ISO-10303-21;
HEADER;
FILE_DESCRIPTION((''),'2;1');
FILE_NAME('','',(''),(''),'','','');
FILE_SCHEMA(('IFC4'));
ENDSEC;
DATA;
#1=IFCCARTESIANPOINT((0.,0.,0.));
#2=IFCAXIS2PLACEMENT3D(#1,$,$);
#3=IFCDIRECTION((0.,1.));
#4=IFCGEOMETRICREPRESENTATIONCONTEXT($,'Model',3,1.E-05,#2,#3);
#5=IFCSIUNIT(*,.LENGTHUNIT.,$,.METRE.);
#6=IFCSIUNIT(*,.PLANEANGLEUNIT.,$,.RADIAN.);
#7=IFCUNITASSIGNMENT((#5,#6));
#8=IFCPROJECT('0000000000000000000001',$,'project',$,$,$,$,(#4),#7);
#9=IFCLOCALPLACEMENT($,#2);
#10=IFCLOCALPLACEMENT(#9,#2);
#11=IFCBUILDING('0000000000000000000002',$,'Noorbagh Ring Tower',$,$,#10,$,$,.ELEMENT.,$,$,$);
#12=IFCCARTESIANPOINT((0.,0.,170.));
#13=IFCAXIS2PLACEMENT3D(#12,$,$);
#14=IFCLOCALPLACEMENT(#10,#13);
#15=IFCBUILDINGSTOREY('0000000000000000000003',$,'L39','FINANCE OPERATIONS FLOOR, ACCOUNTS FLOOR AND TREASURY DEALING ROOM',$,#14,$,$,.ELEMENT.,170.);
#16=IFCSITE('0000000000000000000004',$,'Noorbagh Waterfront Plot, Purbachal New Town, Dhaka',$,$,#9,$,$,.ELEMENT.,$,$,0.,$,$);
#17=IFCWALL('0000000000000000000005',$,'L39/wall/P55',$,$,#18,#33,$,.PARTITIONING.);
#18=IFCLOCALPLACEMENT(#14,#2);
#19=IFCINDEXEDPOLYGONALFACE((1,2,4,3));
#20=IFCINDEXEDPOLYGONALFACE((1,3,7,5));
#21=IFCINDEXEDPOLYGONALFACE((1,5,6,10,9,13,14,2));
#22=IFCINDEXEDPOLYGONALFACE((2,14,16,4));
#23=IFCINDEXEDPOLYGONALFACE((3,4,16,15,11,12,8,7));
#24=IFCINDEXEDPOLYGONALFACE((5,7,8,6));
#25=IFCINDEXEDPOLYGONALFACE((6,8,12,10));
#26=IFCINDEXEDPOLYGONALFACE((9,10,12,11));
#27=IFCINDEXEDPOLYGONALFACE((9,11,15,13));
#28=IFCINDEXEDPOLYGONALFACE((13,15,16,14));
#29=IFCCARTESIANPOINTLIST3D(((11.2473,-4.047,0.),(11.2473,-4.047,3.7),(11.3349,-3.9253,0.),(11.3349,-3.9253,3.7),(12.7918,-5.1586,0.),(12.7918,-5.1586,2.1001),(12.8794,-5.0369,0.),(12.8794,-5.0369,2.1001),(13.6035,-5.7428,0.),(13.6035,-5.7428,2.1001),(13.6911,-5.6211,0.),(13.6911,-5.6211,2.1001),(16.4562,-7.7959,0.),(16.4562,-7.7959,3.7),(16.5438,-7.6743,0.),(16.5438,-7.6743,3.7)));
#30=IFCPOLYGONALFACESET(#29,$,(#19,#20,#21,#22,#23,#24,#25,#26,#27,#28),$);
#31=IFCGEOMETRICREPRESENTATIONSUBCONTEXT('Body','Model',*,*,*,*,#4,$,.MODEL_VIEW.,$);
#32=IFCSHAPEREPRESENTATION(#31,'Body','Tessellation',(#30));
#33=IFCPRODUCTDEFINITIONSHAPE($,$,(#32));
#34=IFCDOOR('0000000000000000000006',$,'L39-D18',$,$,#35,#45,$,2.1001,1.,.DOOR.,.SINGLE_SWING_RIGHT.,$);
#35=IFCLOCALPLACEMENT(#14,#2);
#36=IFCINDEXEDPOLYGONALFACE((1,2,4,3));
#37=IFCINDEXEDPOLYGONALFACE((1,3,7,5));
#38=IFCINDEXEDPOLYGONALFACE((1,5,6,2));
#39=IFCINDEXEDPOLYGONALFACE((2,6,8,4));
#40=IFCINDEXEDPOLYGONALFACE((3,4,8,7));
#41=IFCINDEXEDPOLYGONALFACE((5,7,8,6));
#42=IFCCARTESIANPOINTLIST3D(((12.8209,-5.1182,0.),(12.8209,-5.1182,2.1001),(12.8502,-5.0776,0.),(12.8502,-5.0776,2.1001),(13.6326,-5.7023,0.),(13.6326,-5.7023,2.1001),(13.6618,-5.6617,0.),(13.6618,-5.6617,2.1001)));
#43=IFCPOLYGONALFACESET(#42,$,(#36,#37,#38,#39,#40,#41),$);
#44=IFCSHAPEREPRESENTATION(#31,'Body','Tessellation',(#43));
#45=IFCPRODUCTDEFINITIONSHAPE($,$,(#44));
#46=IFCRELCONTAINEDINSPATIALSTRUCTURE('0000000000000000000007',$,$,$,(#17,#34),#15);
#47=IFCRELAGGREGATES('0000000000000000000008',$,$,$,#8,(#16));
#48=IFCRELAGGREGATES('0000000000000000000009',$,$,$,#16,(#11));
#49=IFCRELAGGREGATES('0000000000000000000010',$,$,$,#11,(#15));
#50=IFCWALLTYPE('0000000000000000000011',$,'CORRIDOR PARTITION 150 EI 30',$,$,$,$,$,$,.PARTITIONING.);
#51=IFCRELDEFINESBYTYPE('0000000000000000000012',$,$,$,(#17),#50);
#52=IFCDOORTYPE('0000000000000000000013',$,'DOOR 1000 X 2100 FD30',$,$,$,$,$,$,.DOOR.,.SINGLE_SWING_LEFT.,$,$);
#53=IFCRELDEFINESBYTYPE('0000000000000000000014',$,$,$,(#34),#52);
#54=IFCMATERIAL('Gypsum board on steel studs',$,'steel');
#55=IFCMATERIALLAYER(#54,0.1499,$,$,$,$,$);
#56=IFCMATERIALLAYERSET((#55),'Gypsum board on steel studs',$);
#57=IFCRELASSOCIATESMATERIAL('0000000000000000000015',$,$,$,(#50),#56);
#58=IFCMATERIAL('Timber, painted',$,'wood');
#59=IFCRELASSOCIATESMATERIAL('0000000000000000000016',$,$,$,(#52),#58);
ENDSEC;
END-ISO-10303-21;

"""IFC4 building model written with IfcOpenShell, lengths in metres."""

from ifc_helpers import new_model, si_unit, direction, frame, frame_2d, origin, place, context, subcontext, project, spatial, rectangle, extrude, material, layer, layer_set, type_object, element, fill, save


model = new_model("IFC4")

# Units and contexts
model_context = context("Model", 3, precision=1e-05, world=origin(), true_north=direction((0.0, 1.0)))
body_context = subcontext(model_context, "Body", "Model", "MODEL_VIEW")
ifc_project = project(units=[si_unit("LENGTHUNIT", "METRE"), si_unit("PLANEANGLEUNIT", "RADIAN")], contexts=[model_context])

# Site, building, storey
site_placement = place(None, origin())
site = spatial("IfcSite", under=ifc_project, at=site_placement, Name="Noorbagh Waterfront Plot, Purbachal New Town, Dhaka", CompositionType="ELEMENT", RefElevation=0.0)
building_placement = place(site_placement, origin())
building = spatial("IfcBuilding", under=site, at=building_placement, Name="Noorbagh Ring Tower", CompositionType="ELEMENT")
storey_placement = place(building_placement, frame((0.0, 0.0, 170.0)))
storey = spatial("IfcBuildingStorey", under=building, at=storey_placement, Name="L39", Description="FINANCE OPERATIONS FLOOR, ACCOUNTS FLOOR AND TREASURY DEALING ROOM", CompositionType="ELEMENT", Elevation=170.0)

# Shared definitions
ifc_material_1 = material(Name="Gypsum board on steel studs", Category="steel")
ifc_layer_1 = layer(ifc_material_1, 0.1499)
ifc_layer_set_1 = layer_set([ifc_layer_1], Name="Gypsum board on steel studs")
wall_type = type_object("IfcWallType", Name="CORRIDOR PARTITION 150 EI 30", PredefinedType="PARTITIONING", material=ifc_layer_set_1)

# Shared definitions
ifc_material_2 = material(Name="Timber, painted", Category="wood")
door_type = type_object("IfcDoorType", Name="DOOR 1000 X 2100 FD30", OperationType="SINGLE_SWING_LEFT", PredefinedType="DOOR", material=ifc_material_2)

# Wall, opening, door
wall_1_placement = place(storey_placement, frame((11.291, -3.9861, 0.0), z_axis=(0.0, 0.0, 1.0), x_axis=(0.811641, -0.584156, 0.0)))
wall_1 = element("IfcWall", 1, at=wall_1_placement, inside=storey, type_object=wall_type, Name="L39/wall/P55", PredefinedType="PARTITIONING", context=body_context, shape_type="SweptSolid", body=[
    extrude(rectangle(XDim=6.4177, YDim=0.1499, at=frame_2d((3.209, 0.0))), origin(), (0.0, 0.0, 1.0), 3.7),
])
opening_1_placement = place(wall_1_placement, frame((1.9031, 0.0, 0.0)))
opening_1 = element("IfcOpeningElement", 2, at=opening_1_placement, cuts=wall_1, PredefinedType="OPENING", context=body_context, shape_type="SweptSolid", body=[
    extrude(rectangle(XDim=1.0, YDim=2.1001, at=frame_2d((0.5, 1.05))), frame((0.0, 0.085, 0.0), z_axis=(0.0, -1.0, 0.0), x_axis=(1.0, 0.0, 0.0)), (0.0, 0.0, 1.0), 0.1699),
])
door_1_placement = place(opening_1_placement, origin())
door_1 = element("IfcDoor", 3, at=door_1_placement, inside=storey, type_object=door_type, Name="L39-D18", OperationType="SINGLE_SWING_RIGHT", OverallHeight=2.1001, OverallWidth=1.0, PredefinedType="DOOR", context=body_context, shape_type="SweptSolid", body=[
    extrude(rectangle(XDim=1.0, YDim=2.1001, at=frame_2d((0.5, 1.05))), frame((0.0, 0.0249, 0.0), z_axis=(0.0, -1.0, 0.0), x_axis=(1.0, 0.0, 0.0)), (0.0, 0.0, 1.0), 0.05),
])
fill(opening_1, door_1)

save(model, "model.ifc")
